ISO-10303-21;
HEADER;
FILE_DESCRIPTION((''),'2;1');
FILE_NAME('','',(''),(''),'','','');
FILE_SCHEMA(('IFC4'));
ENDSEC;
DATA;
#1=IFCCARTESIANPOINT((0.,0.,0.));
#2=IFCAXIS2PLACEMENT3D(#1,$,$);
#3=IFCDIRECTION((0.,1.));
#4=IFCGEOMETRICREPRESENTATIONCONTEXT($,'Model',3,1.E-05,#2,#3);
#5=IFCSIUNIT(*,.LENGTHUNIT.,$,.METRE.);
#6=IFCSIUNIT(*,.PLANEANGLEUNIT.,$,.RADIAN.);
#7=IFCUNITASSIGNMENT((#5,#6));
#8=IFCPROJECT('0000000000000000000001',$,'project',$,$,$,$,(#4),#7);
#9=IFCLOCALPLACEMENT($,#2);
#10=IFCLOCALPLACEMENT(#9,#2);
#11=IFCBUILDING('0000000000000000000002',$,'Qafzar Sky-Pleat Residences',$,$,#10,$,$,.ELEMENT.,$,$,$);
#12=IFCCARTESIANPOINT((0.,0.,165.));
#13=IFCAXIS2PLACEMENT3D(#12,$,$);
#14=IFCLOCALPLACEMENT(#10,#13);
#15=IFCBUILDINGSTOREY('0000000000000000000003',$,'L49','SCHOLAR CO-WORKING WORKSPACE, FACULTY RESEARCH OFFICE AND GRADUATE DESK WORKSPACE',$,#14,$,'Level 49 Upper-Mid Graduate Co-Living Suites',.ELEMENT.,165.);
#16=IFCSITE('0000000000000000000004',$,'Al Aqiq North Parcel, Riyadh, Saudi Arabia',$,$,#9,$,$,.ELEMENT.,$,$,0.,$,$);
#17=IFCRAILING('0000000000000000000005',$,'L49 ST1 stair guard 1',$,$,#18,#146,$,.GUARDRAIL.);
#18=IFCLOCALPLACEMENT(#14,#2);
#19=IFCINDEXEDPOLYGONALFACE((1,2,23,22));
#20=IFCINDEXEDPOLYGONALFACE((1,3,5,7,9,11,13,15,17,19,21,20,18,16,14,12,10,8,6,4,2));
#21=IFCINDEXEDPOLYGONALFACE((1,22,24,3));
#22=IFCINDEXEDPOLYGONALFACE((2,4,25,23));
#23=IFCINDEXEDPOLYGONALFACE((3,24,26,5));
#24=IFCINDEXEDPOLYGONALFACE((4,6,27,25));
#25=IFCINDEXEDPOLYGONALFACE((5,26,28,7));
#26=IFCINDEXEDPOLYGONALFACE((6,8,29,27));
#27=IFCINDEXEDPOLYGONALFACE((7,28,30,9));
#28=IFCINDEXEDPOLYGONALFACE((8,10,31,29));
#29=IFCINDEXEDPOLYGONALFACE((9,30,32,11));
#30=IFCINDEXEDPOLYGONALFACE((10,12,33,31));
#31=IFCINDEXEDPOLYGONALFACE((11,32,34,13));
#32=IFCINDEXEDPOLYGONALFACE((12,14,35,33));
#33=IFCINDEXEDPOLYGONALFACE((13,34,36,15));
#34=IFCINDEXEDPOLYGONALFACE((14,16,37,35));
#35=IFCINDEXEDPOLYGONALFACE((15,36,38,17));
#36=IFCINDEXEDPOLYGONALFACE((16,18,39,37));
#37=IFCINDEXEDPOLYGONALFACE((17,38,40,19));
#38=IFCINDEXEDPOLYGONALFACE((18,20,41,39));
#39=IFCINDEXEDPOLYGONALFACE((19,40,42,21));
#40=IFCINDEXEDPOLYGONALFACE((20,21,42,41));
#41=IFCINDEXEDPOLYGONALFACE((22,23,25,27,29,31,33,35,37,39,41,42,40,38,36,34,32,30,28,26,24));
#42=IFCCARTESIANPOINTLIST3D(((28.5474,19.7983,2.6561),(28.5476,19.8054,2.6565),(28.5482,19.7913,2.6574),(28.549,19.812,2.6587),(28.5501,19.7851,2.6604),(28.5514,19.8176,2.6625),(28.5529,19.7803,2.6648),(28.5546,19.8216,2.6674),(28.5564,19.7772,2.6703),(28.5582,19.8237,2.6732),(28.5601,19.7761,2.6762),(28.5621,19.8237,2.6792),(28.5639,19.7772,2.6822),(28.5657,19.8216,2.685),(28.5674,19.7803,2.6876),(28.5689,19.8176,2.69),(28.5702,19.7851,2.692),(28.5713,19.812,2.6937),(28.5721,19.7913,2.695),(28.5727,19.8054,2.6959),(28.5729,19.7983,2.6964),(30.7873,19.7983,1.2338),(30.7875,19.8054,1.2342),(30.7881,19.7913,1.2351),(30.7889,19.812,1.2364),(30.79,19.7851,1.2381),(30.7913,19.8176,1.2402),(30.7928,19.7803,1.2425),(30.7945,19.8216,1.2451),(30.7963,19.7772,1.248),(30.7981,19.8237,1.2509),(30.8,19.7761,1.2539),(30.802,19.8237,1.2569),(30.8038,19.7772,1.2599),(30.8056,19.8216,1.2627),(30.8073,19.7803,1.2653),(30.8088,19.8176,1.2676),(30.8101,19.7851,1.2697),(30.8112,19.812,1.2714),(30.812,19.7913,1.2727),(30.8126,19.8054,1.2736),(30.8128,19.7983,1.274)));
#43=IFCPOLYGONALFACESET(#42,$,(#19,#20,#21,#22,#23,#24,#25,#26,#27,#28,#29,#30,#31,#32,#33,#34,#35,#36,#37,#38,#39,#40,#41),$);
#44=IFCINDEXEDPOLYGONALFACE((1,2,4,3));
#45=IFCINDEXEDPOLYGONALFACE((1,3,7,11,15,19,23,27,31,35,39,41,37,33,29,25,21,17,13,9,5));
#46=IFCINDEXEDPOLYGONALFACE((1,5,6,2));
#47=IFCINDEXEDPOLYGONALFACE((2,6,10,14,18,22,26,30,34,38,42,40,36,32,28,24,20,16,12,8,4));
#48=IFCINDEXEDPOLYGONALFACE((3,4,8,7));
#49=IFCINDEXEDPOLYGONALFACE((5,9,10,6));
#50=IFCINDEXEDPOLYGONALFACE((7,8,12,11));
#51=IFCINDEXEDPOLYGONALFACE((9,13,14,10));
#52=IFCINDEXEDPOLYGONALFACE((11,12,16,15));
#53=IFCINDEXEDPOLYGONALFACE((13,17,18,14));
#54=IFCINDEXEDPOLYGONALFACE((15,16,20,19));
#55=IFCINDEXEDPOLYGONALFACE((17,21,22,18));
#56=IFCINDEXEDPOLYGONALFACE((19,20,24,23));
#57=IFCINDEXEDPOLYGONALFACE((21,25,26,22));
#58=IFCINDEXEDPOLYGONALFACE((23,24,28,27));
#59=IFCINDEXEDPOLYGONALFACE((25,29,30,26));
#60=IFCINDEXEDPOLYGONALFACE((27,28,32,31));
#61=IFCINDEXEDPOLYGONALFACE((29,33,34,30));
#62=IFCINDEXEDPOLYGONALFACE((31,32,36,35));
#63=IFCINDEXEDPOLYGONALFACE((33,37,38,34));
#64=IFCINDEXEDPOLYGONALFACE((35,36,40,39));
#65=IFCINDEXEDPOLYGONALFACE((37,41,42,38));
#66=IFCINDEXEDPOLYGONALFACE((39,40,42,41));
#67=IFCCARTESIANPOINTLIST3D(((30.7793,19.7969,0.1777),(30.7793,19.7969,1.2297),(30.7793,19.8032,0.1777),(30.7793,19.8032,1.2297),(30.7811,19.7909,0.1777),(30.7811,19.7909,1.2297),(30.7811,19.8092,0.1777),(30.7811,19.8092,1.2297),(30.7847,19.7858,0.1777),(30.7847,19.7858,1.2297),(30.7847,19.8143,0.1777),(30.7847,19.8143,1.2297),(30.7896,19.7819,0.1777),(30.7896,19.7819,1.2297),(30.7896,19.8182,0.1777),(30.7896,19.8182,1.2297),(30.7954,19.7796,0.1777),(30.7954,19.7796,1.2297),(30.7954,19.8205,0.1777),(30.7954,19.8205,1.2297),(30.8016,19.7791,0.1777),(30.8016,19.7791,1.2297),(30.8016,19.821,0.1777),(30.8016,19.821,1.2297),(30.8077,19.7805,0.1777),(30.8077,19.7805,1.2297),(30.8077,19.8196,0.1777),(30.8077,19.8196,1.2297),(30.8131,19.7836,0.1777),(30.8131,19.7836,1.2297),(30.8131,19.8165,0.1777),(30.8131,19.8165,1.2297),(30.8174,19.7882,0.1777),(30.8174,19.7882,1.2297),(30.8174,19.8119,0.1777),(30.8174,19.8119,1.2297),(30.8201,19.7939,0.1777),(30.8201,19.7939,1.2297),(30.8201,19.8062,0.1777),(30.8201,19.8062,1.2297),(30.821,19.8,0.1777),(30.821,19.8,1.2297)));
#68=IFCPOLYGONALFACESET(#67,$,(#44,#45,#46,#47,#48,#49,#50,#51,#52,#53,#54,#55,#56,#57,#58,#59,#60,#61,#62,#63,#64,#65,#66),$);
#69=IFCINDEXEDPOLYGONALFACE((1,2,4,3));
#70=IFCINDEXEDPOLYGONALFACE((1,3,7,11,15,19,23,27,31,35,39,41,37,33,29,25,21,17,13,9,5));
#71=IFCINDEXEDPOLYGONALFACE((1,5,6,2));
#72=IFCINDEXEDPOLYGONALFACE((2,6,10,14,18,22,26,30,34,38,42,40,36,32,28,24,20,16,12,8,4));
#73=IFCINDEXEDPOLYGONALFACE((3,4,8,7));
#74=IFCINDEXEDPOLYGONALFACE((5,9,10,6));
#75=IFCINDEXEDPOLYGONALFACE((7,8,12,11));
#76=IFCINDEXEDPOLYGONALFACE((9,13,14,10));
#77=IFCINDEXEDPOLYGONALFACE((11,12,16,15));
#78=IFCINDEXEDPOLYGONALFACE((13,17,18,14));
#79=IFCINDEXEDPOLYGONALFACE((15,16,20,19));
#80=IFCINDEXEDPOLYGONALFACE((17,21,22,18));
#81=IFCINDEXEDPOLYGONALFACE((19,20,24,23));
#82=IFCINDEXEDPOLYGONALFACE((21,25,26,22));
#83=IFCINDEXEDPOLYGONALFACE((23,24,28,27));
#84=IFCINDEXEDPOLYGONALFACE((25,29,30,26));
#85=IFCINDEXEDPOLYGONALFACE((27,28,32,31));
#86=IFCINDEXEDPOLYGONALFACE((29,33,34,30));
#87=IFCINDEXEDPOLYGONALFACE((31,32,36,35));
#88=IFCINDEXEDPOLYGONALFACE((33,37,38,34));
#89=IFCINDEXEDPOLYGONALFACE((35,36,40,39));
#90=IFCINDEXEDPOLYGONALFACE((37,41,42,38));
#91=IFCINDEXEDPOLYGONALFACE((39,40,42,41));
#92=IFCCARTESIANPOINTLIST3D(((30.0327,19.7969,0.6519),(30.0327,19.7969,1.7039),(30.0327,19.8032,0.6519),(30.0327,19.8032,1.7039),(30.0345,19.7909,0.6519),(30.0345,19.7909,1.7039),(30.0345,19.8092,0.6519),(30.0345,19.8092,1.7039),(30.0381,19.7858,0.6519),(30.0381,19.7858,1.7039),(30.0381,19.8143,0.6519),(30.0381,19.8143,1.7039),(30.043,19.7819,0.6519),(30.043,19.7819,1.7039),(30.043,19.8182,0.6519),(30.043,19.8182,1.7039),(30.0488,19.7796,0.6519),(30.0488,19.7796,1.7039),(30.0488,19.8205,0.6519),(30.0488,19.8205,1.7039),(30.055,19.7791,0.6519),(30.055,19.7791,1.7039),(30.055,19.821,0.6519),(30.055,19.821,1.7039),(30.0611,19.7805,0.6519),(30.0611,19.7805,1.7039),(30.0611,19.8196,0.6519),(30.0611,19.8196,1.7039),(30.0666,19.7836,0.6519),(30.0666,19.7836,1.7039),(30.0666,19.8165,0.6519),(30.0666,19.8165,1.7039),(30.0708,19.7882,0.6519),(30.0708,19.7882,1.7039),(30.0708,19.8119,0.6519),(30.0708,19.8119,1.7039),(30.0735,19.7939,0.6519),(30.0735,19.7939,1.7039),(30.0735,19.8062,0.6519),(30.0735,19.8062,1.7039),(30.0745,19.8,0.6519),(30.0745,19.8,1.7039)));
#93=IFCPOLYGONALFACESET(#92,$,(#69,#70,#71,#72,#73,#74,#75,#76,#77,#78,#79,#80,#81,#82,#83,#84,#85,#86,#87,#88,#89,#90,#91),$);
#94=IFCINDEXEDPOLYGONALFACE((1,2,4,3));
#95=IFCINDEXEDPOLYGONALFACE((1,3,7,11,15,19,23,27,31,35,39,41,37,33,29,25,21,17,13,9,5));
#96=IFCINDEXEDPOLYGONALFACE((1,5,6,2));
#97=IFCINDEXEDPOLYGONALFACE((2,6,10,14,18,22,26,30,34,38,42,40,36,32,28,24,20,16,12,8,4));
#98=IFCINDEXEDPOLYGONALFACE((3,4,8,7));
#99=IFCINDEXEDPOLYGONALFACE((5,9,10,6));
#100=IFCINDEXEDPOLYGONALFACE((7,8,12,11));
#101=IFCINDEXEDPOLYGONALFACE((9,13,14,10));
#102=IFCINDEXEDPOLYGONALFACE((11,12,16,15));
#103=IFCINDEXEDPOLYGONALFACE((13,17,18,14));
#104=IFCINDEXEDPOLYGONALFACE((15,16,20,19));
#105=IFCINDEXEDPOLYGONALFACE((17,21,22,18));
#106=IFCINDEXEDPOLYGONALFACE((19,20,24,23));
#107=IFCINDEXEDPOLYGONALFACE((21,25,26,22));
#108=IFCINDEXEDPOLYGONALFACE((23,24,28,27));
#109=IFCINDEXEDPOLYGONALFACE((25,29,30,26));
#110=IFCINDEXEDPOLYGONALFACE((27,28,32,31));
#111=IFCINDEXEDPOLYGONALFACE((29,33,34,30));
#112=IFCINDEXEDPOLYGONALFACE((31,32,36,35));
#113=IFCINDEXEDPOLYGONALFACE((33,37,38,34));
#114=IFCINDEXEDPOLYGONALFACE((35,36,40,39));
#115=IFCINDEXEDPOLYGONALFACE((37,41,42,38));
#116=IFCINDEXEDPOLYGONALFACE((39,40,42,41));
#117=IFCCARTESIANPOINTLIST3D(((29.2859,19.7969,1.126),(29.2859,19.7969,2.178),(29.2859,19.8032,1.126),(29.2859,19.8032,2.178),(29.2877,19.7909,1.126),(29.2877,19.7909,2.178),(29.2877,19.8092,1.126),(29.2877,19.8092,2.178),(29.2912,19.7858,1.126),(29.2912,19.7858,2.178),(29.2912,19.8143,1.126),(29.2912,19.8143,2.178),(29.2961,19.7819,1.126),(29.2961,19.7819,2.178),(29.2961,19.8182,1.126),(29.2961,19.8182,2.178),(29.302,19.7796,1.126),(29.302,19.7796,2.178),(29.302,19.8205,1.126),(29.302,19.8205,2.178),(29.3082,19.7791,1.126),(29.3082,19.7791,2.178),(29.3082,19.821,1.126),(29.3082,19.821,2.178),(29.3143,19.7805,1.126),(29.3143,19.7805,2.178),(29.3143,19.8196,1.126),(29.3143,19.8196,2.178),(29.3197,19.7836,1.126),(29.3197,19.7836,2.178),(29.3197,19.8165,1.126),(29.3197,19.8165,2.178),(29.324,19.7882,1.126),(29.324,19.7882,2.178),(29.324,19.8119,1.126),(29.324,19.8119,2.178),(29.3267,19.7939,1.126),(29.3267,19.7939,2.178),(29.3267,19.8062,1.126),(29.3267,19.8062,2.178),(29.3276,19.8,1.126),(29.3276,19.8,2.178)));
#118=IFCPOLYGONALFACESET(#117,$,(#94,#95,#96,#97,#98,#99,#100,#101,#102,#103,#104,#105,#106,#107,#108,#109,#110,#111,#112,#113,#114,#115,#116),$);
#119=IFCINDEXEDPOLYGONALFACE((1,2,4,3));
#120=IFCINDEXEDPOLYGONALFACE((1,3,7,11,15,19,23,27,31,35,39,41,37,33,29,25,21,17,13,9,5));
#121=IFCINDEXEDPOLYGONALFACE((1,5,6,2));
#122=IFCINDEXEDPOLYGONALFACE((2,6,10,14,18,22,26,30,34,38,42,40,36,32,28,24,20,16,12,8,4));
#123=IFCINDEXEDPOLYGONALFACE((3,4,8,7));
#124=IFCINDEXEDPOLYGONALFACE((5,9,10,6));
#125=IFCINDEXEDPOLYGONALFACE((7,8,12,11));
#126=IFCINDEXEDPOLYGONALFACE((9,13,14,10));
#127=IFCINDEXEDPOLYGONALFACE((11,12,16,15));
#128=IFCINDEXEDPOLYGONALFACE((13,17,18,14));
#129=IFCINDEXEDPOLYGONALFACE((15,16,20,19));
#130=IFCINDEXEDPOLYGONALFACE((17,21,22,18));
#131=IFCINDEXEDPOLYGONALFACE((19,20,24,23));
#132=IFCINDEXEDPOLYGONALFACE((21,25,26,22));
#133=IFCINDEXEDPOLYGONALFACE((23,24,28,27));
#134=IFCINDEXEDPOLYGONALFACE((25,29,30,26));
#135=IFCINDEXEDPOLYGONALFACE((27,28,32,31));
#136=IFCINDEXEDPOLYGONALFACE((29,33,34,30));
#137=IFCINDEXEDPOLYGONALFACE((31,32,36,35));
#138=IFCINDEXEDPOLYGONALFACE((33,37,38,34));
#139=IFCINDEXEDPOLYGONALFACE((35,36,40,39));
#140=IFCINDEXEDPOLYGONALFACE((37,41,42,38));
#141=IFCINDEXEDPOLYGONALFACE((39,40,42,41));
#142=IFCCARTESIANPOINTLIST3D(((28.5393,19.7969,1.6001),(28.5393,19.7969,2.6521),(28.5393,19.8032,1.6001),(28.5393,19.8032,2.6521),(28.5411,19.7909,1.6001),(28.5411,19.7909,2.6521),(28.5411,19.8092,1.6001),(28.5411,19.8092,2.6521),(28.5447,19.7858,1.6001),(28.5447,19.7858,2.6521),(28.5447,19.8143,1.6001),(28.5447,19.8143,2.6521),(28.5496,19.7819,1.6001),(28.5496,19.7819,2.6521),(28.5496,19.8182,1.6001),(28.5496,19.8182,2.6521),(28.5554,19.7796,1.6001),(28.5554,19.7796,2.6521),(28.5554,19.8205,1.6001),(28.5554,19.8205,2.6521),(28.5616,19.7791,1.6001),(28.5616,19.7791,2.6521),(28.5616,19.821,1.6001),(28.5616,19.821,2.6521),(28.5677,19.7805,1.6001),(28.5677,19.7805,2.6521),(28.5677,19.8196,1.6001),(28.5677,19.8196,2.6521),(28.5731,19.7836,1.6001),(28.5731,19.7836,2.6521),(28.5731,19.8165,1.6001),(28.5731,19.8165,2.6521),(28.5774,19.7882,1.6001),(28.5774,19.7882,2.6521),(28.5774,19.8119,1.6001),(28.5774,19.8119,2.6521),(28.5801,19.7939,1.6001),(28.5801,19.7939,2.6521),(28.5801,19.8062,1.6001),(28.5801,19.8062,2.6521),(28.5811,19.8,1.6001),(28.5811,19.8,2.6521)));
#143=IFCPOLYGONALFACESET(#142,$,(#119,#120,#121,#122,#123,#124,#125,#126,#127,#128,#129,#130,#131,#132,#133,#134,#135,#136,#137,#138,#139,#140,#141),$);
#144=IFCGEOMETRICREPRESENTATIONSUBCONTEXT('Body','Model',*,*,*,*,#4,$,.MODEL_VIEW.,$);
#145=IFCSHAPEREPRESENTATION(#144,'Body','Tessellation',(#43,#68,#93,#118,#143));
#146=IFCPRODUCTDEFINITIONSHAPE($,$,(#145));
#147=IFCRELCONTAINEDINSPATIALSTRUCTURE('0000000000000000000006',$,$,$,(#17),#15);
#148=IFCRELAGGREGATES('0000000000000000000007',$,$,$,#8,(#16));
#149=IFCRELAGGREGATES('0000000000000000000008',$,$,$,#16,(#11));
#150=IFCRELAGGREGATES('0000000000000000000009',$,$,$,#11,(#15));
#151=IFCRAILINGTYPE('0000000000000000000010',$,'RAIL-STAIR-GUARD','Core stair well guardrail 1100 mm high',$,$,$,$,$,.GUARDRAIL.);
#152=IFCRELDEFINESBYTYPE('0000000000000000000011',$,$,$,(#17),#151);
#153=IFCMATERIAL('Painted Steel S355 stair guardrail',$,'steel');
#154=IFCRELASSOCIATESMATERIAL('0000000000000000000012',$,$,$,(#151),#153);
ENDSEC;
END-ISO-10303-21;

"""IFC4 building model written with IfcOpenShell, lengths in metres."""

from ifc_helpers import new_model, si_unit, direction, frame, origin, origin_2d, place, context, subcontext, project, spatial, circle, extrude, source, transform, mapped, material, type_object, element, save


model = new_model("IFC4")

# Units and contexts
model_context = context("Model", 3, precision=1e-05, world=origin(), true_north=direction((0.0, 1.0)))
body_context = subcontext(model_context, "Body", "Model", "MODEL_VIEW")
ifc_project = project(units=[si_unit("LENGTHUNIT", "METRE"), si_unit("PLANEANGLEUNIT", "RADIAN")], contexts=[model_context])

# Site, building, storey
site_placement = place(None, origin())
site = spatial("IfcSite", under=ifc_project, at=site_placement, Name="Al Aqiq North Parcel, Riyadh, Saudi Arabia", CompositionType="ELEMENT", RefElevation=0.0)
building_placement = place(site_placement, origin())
building = spatial("IfcBuilding", under=site, at=building_placement, Name="Qafzar Sky-Pleat Residences", CompositionType="ELEMENT")
storey_placement = place(building_placement, frame((0.0, 0.0, 165.0)))
storey = spatial("IfcBuildingStorey", under=building, at=storey_placement, Name="L49", Description="SCHOLAR CO-WORKING WORKSPACE, FACULTY RESEARCH OFFICE AND GRADUATE DESK WORKSPACE", LongName="Level 49 Upper-Mid Graduate Co-Living Suites", CompositionType="ELEMENT", Elevation=165.0)

# Railing
ifc_material_1 = material(Name="Painted Steel S355 stair guardrail", Category="steel")
railing_type_1 = type_object("IfcRailingType", Name="RAIL-STAIR-GUARD", Description="Core stair well guardrail 1100 mm high", PredefinedType="GUARDRAIL", material=ifc_material_1)
shared_shape_1 = source(origin(), body_context, "Body", "SweptSolid", [
    extrude(circle(Radius=0.0239, at=origin_2d()), frame((0.0, 0.0, 1.0762), z_axis=(-0.844188, 0.0, 0.536048), x_axis=(0.0, -1.0, 0.0)), (0.0, 0.0, 1.0), 2.6533),
    extrude(circle(Radius=0.021, at=origin_2d()), origin(), (0.0, 0.0, 1.0), 1.052),
    extrude(circle(Radius=0.021, at=origin_2d()), frame((-0.7466, 0.0, 0.4741)), (0.0, 0.0, 1.0), 1.052),
    extrude(circle(Radius=0.021, at=origin_2d()), frame((-1.4934, 0.0, 0.9482)), (0.0, 0.0, 1.0), 1.052),
    extrude(circle(Radius=0.021, at=origin_2d()), frame((-2.24, 0.0, 1.4224)), (0.0, 0.0, 1.0), 1.052),
])
railing_1_placement = place(storey_placement, frame((30.8, 19.8, 0.1777)))
element("IfcRailing", 1, at=railing_1_placement, inside=storey, type_object=railing_type_1, Name="L49 ST1 stair guard 1", PredefinedType="GUARDRAIL", context=body_context, shape_type="MappedRepresentation", body=[
    mapped(shared_shape_1, transform((0.0, 0.0, 0.0), x_axis=(1.0, 0.0, 0.0), y_axis=(0.0, 1.0, 0.0), z_axis=(0.0, 0.0, 1.0), scale=1.0)),
])

save(model, "model.ifc")
